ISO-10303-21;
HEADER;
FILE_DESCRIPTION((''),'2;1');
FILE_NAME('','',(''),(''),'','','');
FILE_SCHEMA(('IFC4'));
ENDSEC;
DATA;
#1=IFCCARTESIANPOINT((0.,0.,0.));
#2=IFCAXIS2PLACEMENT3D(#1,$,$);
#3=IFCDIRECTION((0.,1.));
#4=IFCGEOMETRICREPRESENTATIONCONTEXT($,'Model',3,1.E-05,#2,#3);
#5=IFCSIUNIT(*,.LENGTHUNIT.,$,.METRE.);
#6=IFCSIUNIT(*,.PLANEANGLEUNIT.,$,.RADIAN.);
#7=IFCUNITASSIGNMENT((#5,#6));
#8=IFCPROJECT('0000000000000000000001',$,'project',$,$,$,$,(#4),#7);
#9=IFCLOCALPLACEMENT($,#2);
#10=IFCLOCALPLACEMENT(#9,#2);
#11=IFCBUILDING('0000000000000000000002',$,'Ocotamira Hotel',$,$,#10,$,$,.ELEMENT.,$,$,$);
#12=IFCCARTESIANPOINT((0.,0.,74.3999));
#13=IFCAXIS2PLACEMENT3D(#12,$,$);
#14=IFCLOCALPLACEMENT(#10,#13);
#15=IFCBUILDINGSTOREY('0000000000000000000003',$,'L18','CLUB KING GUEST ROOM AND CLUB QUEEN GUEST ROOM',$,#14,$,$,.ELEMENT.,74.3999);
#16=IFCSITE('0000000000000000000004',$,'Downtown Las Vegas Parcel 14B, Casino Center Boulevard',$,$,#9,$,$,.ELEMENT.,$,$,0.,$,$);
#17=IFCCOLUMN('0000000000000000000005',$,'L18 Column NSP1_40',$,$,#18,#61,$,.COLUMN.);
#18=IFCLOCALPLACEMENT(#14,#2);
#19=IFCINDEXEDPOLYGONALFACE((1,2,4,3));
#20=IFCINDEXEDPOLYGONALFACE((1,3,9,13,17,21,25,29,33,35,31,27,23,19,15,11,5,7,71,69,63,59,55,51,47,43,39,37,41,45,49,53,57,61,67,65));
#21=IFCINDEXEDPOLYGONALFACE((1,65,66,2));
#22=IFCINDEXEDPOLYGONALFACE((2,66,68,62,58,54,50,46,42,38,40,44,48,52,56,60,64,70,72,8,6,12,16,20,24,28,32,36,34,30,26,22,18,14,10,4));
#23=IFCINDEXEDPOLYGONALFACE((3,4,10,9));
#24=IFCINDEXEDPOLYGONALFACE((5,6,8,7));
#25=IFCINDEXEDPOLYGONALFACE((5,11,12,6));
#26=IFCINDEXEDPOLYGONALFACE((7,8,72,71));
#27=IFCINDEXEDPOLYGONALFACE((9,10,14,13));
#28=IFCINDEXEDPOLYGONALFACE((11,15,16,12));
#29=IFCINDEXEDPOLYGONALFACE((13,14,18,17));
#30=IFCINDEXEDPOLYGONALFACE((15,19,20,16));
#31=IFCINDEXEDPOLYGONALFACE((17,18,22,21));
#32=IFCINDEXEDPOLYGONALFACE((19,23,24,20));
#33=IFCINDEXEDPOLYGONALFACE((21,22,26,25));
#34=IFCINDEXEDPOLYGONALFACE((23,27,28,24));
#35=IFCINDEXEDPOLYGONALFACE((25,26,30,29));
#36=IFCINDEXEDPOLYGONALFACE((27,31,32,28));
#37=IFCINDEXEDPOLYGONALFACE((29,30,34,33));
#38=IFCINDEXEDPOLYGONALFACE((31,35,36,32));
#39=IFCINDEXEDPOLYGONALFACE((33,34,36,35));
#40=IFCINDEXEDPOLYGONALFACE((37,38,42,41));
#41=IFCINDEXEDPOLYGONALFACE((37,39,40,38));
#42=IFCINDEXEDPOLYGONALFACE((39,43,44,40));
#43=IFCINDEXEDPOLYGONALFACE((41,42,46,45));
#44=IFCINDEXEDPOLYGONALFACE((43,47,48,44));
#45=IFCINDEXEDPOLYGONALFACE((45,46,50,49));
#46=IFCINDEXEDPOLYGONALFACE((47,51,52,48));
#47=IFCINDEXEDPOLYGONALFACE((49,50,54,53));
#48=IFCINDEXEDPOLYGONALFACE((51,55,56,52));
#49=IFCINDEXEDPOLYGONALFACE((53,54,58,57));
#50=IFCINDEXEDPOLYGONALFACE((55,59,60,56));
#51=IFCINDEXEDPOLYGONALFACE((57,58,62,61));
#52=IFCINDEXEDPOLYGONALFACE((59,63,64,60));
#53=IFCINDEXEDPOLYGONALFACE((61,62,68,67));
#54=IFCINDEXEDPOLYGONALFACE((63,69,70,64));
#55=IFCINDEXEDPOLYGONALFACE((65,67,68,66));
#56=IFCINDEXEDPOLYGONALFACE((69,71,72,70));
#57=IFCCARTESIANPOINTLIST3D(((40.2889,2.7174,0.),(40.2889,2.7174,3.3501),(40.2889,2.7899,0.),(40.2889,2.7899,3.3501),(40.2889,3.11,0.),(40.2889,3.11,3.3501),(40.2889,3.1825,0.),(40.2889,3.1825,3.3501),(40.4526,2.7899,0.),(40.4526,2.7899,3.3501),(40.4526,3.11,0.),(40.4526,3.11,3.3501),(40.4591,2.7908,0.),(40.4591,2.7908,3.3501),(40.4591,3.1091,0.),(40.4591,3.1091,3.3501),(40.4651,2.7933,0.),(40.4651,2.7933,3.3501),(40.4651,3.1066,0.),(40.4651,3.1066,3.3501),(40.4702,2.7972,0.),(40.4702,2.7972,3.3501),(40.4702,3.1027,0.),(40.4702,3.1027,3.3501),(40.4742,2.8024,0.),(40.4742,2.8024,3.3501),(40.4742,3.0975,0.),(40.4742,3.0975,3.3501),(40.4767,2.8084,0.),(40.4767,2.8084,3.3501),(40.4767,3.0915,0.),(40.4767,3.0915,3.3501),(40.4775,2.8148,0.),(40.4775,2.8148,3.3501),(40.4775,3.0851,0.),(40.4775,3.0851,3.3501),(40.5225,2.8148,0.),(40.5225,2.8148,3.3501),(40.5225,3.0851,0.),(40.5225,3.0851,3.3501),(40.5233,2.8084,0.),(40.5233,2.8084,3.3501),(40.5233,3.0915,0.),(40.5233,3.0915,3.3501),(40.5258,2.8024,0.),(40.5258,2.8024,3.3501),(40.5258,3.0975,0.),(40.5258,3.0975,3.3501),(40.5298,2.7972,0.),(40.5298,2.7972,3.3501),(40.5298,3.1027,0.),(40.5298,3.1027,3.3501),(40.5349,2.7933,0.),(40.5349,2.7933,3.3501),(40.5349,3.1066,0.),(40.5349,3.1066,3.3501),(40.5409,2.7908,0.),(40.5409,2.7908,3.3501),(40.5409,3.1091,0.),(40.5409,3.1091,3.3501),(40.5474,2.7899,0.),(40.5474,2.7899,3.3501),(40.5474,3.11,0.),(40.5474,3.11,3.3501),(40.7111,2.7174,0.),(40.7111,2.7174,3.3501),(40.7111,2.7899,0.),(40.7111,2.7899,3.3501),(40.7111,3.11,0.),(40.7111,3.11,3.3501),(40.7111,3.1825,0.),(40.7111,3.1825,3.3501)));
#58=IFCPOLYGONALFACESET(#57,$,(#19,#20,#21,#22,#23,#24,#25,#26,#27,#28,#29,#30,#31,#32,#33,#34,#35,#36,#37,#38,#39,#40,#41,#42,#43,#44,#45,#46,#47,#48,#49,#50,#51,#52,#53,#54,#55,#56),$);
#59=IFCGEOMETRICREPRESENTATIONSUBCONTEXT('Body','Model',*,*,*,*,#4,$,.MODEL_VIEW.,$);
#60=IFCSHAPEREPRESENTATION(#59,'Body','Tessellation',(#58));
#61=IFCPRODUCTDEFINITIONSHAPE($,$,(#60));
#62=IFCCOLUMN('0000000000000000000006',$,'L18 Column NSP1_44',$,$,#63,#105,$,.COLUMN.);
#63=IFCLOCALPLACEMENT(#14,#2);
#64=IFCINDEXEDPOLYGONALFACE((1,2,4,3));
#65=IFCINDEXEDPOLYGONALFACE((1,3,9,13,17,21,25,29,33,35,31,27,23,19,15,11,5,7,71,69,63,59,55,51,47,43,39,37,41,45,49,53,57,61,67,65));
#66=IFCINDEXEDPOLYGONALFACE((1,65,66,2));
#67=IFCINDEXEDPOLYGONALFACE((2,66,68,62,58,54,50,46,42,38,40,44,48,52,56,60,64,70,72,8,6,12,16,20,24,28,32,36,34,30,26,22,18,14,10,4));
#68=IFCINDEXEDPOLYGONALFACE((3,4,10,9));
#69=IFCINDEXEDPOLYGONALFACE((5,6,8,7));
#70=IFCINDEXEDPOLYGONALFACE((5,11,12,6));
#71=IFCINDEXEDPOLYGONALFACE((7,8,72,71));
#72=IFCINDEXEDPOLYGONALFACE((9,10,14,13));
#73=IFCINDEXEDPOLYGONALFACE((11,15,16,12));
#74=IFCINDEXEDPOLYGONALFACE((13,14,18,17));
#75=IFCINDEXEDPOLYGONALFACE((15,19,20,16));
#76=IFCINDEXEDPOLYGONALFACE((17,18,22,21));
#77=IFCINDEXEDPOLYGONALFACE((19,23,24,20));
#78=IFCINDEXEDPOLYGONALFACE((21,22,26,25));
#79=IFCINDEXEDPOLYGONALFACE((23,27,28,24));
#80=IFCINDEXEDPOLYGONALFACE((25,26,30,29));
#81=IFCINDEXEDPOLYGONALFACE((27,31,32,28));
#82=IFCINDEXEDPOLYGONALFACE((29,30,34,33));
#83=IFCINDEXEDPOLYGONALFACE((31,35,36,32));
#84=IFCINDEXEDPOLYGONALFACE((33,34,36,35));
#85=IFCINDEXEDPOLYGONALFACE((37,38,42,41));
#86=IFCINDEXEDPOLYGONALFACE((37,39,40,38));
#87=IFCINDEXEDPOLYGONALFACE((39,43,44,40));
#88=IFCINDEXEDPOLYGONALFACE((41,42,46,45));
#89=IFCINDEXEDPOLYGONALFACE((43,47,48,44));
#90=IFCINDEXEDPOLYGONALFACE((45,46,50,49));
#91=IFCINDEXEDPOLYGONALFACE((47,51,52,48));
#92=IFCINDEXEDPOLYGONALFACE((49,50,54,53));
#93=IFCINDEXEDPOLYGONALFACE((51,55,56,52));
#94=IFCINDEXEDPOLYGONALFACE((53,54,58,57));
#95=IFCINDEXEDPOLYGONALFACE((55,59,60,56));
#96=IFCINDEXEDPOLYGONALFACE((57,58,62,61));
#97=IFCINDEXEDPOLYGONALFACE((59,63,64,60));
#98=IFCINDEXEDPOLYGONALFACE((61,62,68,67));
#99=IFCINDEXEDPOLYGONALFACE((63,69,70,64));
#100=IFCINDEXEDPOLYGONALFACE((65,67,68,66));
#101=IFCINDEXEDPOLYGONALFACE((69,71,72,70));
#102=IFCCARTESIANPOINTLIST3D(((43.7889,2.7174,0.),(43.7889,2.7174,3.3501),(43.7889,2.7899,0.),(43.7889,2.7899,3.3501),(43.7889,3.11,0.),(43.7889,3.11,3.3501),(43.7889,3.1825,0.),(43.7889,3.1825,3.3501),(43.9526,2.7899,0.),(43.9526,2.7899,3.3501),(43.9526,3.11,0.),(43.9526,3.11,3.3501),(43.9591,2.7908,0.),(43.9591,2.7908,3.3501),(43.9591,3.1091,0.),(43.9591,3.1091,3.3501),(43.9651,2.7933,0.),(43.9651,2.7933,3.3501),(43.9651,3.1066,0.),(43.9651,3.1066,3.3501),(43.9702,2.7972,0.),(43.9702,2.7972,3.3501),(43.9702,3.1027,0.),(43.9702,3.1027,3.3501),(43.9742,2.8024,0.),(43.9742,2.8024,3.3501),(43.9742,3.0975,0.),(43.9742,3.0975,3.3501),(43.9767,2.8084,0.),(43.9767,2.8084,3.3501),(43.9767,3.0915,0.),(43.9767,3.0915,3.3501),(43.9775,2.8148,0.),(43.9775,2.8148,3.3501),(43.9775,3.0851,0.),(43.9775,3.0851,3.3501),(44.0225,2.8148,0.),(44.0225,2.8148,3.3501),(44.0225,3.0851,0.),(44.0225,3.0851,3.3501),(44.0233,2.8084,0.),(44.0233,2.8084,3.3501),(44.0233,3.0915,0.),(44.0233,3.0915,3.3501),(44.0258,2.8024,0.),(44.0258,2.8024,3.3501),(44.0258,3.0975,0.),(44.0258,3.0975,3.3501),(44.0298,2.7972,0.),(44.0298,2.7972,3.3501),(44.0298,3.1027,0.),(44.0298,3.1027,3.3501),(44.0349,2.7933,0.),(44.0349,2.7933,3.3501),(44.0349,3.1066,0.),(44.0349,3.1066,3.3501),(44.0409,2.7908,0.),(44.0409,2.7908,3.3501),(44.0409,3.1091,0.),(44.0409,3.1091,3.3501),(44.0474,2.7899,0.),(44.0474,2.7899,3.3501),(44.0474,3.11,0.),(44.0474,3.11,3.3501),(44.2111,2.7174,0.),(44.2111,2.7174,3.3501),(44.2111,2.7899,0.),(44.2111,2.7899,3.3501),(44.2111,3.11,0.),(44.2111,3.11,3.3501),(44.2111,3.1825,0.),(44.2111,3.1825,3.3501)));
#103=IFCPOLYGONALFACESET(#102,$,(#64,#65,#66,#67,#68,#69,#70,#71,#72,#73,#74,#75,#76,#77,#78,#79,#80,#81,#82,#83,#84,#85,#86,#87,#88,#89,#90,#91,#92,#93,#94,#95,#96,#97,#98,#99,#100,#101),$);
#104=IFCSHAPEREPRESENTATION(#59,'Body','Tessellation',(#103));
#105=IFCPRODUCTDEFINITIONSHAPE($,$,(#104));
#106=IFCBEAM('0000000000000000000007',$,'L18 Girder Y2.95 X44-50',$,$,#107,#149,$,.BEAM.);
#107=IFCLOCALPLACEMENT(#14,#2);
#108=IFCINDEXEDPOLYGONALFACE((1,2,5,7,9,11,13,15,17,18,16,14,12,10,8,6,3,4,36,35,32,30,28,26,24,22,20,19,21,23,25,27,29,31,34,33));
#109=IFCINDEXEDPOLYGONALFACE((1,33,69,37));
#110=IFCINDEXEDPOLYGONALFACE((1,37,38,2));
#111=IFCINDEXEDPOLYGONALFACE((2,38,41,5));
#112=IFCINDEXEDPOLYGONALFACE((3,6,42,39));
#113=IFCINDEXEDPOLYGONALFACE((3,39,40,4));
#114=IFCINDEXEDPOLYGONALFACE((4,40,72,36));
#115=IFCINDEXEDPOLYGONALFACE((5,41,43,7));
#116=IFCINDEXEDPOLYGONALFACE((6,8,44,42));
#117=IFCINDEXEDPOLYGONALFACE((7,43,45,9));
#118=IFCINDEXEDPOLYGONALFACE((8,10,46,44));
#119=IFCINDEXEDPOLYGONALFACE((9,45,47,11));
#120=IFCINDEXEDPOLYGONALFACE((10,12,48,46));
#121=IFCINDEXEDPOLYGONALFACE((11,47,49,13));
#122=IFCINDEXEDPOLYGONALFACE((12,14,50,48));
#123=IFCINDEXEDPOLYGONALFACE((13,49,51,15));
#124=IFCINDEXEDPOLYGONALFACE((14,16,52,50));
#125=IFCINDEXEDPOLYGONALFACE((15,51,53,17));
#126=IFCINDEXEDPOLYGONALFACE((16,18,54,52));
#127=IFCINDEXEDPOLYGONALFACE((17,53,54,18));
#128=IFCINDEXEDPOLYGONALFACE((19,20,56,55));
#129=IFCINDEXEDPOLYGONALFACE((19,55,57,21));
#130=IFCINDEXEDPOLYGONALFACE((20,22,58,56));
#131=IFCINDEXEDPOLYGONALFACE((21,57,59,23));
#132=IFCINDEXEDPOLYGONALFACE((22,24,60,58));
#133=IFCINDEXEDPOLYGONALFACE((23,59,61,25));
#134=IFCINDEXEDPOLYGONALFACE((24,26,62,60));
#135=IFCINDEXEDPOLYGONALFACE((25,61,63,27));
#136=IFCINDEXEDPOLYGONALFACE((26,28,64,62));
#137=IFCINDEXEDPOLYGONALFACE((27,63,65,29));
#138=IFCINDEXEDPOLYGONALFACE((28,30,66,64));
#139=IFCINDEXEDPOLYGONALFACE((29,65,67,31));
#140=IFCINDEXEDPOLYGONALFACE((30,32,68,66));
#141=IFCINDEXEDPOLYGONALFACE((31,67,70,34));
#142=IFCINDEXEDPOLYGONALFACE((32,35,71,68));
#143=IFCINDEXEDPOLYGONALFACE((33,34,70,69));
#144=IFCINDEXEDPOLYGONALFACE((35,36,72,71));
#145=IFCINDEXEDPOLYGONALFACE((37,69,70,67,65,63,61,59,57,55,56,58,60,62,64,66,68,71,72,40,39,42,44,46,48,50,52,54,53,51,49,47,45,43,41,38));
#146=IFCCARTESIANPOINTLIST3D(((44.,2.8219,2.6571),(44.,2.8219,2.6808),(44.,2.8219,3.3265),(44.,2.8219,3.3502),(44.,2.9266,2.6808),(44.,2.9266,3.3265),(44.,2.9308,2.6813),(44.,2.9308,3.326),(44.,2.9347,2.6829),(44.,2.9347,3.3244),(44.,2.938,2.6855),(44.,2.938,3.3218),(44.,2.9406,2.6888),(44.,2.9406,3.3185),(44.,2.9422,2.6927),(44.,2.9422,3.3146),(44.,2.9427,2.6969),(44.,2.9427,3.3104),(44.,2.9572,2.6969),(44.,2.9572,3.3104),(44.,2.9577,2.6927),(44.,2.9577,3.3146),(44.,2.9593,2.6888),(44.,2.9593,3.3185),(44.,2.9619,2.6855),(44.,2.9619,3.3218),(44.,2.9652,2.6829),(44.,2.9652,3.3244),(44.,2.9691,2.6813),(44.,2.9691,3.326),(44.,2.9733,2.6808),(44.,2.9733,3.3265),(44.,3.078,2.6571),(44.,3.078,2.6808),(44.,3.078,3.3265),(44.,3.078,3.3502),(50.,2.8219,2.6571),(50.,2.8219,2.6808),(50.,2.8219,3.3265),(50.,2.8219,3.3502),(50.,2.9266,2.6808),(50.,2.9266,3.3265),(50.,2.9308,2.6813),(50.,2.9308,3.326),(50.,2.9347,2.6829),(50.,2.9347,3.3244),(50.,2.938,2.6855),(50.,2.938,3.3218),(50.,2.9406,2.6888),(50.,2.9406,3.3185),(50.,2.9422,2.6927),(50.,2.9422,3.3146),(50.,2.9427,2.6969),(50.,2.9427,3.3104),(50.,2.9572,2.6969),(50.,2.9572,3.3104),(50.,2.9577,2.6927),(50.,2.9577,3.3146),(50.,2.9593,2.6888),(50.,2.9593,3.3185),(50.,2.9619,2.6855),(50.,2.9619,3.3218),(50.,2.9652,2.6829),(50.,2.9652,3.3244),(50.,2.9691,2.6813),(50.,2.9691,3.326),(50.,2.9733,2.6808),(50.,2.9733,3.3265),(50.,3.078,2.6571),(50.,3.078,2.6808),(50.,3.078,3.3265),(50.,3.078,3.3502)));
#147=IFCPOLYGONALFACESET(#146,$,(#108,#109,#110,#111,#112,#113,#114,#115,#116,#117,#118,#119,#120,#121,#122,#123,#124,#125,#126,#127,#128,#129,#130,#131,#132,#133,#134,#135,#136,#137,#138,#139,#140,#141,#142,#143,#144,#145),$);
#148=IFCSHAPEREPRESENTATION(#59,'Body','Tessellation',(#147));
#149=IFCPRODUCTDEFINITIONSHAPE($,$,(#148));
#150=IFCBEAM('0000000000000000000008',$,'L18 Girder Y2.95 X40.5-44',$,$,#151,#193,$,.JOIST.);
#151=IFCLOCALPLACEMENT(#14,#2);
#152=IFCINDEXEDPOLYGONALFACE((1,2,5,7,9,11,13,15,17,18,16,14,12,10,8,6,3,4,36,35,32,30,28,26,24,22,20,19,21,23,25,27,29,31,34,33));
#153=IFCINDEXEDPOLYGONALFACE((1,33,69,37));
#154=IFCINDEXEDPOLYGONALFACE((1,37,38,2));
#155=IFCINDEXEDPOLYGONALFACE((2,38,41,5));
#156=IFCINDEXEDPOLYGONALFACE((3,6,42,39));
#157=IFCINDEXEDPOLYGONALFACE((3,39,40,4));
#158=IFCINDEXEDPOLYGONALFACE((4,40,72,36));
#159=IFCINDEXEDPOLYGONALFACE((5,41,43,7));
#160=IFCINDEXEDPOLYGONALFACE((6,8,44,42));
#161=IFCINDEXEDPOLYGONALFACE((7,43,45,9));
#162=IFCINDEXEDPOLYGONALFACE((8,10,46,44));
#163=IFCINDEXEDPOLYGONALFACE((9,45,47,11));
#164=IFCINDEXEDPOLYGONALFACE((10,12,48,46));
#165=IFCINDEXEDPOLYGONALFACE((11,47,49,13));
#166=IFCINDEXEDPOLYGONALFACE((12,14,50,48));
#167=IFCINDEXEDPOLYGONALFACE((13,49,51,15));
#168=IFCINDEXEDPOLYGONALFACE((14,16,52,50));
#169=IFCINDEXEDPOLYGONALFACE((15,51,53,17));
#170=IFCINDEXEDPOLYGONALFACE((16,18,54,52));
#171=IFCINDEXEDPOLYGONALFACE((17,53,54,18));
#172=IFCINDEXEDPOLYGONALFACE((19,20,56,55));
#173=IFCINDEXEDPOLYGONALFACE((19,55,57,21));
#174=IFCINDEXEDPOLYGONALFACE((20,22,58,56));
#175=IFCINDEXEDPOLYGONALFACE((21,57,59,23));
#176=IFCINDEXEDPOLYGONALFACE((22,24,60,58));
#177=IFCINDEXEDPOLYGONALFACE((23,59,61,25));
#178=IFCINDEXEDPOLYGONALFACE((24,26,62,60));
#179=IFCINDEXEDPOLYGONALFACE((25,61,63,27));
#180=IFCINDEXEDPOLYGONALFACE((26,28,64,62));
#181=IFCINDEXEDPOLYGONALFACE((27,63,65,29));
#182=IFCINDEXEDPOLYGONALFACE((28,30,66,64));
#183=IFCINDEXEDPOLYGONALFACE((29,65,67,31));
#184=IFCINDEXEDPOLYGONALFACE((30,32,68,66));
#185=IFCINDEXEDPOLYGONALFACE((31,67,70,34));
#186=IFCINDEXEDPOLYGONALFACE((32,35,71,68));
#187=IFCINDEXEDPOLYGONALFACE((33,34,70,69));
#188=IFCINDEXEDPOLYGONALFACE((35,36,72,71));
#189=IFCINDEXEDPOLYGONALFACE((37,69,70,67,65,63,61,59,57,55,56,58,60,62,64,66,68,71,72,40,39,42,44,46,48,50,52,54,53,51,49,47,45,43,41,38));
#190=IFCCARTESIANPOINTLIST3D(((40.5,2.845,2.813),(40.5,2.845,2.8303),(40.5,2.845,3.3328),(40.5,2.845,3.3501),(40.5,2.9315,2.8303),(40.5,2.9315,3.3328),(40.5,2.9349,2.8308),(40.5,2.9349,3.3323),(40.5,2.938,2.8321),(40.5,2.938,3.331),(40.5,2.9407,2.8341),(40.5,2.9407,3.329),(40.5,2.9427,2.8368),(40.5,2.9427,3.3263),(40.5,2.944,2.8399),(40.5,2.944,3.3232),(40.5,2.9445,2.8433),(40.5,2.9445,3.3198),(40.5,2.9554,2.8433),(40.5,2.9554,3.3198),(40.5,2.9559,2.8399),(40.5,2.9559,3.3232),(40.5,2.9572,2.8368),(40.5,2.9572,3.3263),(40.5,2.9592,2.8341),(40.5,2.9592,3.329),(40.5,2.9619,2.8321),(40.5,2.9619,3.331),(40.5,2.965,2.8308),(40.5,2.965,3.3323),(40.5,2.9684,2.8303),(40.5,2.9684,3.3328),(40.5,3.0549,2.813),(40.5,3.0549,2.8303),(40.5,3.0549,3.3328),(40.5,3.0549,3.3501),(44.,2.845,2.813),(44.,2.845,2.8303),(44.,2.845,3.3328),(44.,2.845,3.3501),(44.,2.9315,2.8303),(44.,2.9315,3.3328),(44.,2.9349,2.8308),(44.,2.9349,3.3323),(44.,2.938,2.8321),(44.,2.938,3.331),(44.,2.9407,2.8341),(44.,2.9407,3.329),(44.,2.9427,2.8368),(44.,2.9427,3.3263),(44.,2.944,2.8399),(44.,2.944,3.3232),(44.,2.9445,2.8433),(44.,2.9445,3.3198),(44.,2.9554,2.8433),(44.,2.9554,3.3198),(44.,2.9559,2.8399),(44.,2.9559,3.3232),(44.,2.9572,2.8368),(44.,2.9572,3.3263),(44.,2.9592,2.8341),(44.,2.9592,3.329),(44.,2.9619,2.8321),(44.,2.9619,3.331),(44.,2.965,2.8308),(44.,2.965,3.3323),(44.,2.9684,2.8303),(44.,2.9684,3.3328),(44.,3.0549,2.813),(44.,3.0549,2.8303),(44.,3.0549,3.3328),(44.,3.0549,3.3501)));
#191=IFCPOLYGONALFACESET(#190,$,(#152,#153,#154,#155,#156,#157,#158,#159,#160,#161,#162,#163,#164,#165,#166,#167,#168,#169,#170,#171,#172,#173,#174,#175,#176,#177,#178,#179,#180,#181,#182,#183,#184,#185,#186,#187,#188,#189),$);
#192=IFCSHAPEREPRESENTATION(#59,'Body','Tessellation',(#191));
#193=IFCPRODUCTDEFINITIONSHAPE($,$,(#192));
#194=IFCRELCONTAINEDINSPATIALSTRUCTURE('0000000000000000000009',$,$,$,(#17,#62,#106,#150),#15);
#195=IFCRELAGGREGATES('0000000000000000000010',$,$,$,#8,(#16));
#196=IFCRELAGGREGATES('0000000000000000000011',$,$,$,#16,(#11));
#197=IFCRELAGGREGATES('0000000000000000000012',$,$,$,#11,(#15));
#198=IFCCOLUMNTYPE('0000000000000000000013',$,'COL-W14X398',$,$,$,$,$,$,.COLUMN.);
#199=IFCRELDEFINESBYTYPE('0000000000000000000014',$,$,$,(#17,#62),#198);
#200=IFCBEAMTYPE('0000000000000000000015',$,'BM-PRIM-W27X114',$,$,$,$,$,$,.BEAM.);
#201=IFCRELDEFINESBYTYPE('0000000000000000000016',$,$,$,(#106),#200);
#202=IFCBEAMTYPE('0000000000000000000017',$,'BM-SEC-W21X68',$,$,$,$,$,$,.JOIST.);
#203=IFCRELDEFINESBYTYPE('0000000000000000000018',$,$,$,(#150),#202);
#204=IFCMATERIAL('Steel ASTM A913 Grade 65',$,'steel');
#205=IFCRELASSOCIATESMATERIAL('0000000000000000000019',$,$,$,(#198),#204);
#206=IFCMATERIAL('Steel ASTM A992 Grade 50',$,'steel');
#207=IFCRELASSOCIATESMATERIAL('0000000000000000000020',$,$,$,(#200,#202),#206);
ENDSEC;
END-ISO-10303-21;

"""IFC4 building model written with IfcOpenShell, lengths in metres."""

from ifc_helpers import new_model, si_unit, direction, frame, origin, origin_2d, place, context, subcontext, project, spatial, i_section, extrude, source, transform, mapped, material, material_profile, profile_set, type_object, element, save


model = new_model("IFC4")

# Units and contexts
model_context = context("Model", 3, precision=1e-05, world=origin(), true_north=direction((0.0, 1.0)))
body_context = subcontext(model_context, "Body", "Model", "MODEL_VIEW")
ifc_project = project(units=[si_unit("LENGTHUNIT", "METRE"), si_unit("PLANEANGLEUNIT", "RADIAN")], contexts=[model_context])

# Site, building, storey
site_placement = place(None, origin())
site = spatial("IfcSite", under=ifc_project, at=site_placement, Name="Downtown Las Vegas Parcel 14B, Casino Center Boulevard", CompositionType="ELEMENT", RefElevation=0.0)
building_placement = place(site_placement, origin())
building = spatial("IfcBuilding", under=site, at=building_placement, Name="Ocotamira Hotel", CompositionType="ELEMENT")
storey_placement = place(building_placement, frame((0.0, 0.0, 74.3999)))
storey = spatial("IfcBuildingStorey", under=building, at=storey_placement, Name="L18", Description="CLUB KING GUEST ROOM AND CLUB QUEEN GUEST ROOM", CompositionType="ELEMENT", Elevation=74.3999)

# Columns
ifc_material_1 = material(Name="Steel ASTM A913 Grade 65", Category="steel")
ifc_material_profile_1 = material_profile(ifc_material_1, i_section(OverallWidth=0.4221, OverallDepth=0.4651, WebThickness=0.0449, FlangeThickness=0.0725, FilletRadius=0.0249, at=origin_2d()), Name="W14X398")
ifc_profile_set_1 = profile_set([ifc_material_profile_1], Name="Steel ASTM A913 Grade 65")
column_type = type_object("IfcColumnType", Name="COL-W14X398", PredefinedType="COLUMN", material=ifc_profile_set_1)
shared_shape_1 = source(origin(), body_context, "Body", "SweptSolid", [
    extrude(i_section(OverallWidth=0.4221, OverallDepth=0.4651, WebThickness=0.0449, FlangeThickness=0.0725, FilletRadius=0.0249, at=origin_2d()), origin(), (0.0, 0.0, 1.0), 3.3501),
])
for number, where, z_axis, x_axis, name in (
    (1, (40.5, 2.95, 0.0), (0.0, 0.0, 1.0), (1.0, 0.0, 0.0), "L18 Column NSP1_40"),
    (2, (44.0, 2.95, 0.0), (0.0, 0.0, 1.0), (1.0, 0.0, 0.0), "L18 Column NSP1_44"),
):
    element("IfcColumn", number, at=place(storey_placement, frame(where, z_axis=z_axis, x_axis=x_axis)), inside=storey, type_object=column_type, Name=name, PredefinedType="COLUMN", context=body_context, shape_type="MappedRepresentation", body=[
        mapped(shared_shape_1, transform((0.0, 0.0, 0.0), scale=1.0)),
    ])

# Beams
ifc_material_2 = material(Name="Steel ASTM A992 Grade 50", Category="steel")
ifc_material_profile_2 = material_profile(ifc_material_2, i_section(OverallWidth=0.2561, OverallDepth=0.6931, WebThickness=0.0144, FlangeThickness=0.0237, FilletRadius=0.0161, at=origin_2d()), Name="W27X114")
ifc_profile_set_2 = profile_set([ifc_material_profile_2], Name="Steel ASTM A992 Grade 50")
beam_type_1 = type_object("IfcBeamType", Name="BM-PRIM-W27X114", PredefinedType="BEAM", material=ifc_profile_set_2)
shared_shape_2 = source(origin(), body_context, "Body", "SweptSolid", [
    extrude(i_section(OverallWidth=0.2561, OverallDepth=0.6931, WebThickness=0.0144, FlangeThickness=0.0237, FilletRadius=0.0161, at=origin_2d()), origin(), (0.0, 0.0, 1.0), 6.0),
])
beam_1_placement = place(storey_placement, frame((44.0, 2.95, 3.0037), z_axis=(1.0, 0.0, 0.0), x_axis=(0.0, 1.0, 0.0)))
element("IfcBeam", 3, at=beam_1_placement, inside=storey, type_object=beam_type_1, Name="L18 Girder Y2.95 X44-50", PredefinedType="BEAM", context=body_context, shape_type="MappedRepresentation", body=[
    mapped(shared_shape_2, transform((0.0, 0.0, 0.0), scale=1.0)),
])
ifc_material_profile_3 = material_profile(ifc_material_2, i_section(OverallWidth=0.21, OverallDepth=0.5371, WebThickness=0.011, FlangeThickness=0.0173, FilletRadius=0.0129, at=origin_2d()), Name="W21X68")
ifc_profile_set_3 = profile_set([ifc_material_profile_3], Name="Steel ASTM A992 Grade 50")
beam_type_2 = type_object("IfcBeamType", Name="BM-SEC-W21X68", PredefinedType="JOIST", material=ifc_profile_set_3)
shared_shape_3 = source(origin(), body_context, "Body", "SweptSolid", [
    extrude(i_section(OverallWidth=0.21, OverallDepth=0.5371, WebThickness=0.011, FlangeThickness=0.0173, FilletRadius=0.0129, at=origin_2d()), origin(), (0.0, 0.0, 1.0), 3.5),
])
beam_2_placement = place(storey_placement, frame((40.5, 2.95, 3.0815), z_axis=(1.0, 0.0, 0.0), x_axis=(0.0, 1.0, 0.0)))
element("IfcBeam", 4, at=beam_2_placement, inside=storey, type_object=beam_type_2, Name="L18 Girder Y2.95 X40.5-44", PredefinedType="JOIST", context=body_context, shape_type="MappedRepresentation", body=[
    mapped(shared_shape_3, transform((0.0, 0.0, 0.0), scale=1.0)),
])

save(model, "model.ifc")
